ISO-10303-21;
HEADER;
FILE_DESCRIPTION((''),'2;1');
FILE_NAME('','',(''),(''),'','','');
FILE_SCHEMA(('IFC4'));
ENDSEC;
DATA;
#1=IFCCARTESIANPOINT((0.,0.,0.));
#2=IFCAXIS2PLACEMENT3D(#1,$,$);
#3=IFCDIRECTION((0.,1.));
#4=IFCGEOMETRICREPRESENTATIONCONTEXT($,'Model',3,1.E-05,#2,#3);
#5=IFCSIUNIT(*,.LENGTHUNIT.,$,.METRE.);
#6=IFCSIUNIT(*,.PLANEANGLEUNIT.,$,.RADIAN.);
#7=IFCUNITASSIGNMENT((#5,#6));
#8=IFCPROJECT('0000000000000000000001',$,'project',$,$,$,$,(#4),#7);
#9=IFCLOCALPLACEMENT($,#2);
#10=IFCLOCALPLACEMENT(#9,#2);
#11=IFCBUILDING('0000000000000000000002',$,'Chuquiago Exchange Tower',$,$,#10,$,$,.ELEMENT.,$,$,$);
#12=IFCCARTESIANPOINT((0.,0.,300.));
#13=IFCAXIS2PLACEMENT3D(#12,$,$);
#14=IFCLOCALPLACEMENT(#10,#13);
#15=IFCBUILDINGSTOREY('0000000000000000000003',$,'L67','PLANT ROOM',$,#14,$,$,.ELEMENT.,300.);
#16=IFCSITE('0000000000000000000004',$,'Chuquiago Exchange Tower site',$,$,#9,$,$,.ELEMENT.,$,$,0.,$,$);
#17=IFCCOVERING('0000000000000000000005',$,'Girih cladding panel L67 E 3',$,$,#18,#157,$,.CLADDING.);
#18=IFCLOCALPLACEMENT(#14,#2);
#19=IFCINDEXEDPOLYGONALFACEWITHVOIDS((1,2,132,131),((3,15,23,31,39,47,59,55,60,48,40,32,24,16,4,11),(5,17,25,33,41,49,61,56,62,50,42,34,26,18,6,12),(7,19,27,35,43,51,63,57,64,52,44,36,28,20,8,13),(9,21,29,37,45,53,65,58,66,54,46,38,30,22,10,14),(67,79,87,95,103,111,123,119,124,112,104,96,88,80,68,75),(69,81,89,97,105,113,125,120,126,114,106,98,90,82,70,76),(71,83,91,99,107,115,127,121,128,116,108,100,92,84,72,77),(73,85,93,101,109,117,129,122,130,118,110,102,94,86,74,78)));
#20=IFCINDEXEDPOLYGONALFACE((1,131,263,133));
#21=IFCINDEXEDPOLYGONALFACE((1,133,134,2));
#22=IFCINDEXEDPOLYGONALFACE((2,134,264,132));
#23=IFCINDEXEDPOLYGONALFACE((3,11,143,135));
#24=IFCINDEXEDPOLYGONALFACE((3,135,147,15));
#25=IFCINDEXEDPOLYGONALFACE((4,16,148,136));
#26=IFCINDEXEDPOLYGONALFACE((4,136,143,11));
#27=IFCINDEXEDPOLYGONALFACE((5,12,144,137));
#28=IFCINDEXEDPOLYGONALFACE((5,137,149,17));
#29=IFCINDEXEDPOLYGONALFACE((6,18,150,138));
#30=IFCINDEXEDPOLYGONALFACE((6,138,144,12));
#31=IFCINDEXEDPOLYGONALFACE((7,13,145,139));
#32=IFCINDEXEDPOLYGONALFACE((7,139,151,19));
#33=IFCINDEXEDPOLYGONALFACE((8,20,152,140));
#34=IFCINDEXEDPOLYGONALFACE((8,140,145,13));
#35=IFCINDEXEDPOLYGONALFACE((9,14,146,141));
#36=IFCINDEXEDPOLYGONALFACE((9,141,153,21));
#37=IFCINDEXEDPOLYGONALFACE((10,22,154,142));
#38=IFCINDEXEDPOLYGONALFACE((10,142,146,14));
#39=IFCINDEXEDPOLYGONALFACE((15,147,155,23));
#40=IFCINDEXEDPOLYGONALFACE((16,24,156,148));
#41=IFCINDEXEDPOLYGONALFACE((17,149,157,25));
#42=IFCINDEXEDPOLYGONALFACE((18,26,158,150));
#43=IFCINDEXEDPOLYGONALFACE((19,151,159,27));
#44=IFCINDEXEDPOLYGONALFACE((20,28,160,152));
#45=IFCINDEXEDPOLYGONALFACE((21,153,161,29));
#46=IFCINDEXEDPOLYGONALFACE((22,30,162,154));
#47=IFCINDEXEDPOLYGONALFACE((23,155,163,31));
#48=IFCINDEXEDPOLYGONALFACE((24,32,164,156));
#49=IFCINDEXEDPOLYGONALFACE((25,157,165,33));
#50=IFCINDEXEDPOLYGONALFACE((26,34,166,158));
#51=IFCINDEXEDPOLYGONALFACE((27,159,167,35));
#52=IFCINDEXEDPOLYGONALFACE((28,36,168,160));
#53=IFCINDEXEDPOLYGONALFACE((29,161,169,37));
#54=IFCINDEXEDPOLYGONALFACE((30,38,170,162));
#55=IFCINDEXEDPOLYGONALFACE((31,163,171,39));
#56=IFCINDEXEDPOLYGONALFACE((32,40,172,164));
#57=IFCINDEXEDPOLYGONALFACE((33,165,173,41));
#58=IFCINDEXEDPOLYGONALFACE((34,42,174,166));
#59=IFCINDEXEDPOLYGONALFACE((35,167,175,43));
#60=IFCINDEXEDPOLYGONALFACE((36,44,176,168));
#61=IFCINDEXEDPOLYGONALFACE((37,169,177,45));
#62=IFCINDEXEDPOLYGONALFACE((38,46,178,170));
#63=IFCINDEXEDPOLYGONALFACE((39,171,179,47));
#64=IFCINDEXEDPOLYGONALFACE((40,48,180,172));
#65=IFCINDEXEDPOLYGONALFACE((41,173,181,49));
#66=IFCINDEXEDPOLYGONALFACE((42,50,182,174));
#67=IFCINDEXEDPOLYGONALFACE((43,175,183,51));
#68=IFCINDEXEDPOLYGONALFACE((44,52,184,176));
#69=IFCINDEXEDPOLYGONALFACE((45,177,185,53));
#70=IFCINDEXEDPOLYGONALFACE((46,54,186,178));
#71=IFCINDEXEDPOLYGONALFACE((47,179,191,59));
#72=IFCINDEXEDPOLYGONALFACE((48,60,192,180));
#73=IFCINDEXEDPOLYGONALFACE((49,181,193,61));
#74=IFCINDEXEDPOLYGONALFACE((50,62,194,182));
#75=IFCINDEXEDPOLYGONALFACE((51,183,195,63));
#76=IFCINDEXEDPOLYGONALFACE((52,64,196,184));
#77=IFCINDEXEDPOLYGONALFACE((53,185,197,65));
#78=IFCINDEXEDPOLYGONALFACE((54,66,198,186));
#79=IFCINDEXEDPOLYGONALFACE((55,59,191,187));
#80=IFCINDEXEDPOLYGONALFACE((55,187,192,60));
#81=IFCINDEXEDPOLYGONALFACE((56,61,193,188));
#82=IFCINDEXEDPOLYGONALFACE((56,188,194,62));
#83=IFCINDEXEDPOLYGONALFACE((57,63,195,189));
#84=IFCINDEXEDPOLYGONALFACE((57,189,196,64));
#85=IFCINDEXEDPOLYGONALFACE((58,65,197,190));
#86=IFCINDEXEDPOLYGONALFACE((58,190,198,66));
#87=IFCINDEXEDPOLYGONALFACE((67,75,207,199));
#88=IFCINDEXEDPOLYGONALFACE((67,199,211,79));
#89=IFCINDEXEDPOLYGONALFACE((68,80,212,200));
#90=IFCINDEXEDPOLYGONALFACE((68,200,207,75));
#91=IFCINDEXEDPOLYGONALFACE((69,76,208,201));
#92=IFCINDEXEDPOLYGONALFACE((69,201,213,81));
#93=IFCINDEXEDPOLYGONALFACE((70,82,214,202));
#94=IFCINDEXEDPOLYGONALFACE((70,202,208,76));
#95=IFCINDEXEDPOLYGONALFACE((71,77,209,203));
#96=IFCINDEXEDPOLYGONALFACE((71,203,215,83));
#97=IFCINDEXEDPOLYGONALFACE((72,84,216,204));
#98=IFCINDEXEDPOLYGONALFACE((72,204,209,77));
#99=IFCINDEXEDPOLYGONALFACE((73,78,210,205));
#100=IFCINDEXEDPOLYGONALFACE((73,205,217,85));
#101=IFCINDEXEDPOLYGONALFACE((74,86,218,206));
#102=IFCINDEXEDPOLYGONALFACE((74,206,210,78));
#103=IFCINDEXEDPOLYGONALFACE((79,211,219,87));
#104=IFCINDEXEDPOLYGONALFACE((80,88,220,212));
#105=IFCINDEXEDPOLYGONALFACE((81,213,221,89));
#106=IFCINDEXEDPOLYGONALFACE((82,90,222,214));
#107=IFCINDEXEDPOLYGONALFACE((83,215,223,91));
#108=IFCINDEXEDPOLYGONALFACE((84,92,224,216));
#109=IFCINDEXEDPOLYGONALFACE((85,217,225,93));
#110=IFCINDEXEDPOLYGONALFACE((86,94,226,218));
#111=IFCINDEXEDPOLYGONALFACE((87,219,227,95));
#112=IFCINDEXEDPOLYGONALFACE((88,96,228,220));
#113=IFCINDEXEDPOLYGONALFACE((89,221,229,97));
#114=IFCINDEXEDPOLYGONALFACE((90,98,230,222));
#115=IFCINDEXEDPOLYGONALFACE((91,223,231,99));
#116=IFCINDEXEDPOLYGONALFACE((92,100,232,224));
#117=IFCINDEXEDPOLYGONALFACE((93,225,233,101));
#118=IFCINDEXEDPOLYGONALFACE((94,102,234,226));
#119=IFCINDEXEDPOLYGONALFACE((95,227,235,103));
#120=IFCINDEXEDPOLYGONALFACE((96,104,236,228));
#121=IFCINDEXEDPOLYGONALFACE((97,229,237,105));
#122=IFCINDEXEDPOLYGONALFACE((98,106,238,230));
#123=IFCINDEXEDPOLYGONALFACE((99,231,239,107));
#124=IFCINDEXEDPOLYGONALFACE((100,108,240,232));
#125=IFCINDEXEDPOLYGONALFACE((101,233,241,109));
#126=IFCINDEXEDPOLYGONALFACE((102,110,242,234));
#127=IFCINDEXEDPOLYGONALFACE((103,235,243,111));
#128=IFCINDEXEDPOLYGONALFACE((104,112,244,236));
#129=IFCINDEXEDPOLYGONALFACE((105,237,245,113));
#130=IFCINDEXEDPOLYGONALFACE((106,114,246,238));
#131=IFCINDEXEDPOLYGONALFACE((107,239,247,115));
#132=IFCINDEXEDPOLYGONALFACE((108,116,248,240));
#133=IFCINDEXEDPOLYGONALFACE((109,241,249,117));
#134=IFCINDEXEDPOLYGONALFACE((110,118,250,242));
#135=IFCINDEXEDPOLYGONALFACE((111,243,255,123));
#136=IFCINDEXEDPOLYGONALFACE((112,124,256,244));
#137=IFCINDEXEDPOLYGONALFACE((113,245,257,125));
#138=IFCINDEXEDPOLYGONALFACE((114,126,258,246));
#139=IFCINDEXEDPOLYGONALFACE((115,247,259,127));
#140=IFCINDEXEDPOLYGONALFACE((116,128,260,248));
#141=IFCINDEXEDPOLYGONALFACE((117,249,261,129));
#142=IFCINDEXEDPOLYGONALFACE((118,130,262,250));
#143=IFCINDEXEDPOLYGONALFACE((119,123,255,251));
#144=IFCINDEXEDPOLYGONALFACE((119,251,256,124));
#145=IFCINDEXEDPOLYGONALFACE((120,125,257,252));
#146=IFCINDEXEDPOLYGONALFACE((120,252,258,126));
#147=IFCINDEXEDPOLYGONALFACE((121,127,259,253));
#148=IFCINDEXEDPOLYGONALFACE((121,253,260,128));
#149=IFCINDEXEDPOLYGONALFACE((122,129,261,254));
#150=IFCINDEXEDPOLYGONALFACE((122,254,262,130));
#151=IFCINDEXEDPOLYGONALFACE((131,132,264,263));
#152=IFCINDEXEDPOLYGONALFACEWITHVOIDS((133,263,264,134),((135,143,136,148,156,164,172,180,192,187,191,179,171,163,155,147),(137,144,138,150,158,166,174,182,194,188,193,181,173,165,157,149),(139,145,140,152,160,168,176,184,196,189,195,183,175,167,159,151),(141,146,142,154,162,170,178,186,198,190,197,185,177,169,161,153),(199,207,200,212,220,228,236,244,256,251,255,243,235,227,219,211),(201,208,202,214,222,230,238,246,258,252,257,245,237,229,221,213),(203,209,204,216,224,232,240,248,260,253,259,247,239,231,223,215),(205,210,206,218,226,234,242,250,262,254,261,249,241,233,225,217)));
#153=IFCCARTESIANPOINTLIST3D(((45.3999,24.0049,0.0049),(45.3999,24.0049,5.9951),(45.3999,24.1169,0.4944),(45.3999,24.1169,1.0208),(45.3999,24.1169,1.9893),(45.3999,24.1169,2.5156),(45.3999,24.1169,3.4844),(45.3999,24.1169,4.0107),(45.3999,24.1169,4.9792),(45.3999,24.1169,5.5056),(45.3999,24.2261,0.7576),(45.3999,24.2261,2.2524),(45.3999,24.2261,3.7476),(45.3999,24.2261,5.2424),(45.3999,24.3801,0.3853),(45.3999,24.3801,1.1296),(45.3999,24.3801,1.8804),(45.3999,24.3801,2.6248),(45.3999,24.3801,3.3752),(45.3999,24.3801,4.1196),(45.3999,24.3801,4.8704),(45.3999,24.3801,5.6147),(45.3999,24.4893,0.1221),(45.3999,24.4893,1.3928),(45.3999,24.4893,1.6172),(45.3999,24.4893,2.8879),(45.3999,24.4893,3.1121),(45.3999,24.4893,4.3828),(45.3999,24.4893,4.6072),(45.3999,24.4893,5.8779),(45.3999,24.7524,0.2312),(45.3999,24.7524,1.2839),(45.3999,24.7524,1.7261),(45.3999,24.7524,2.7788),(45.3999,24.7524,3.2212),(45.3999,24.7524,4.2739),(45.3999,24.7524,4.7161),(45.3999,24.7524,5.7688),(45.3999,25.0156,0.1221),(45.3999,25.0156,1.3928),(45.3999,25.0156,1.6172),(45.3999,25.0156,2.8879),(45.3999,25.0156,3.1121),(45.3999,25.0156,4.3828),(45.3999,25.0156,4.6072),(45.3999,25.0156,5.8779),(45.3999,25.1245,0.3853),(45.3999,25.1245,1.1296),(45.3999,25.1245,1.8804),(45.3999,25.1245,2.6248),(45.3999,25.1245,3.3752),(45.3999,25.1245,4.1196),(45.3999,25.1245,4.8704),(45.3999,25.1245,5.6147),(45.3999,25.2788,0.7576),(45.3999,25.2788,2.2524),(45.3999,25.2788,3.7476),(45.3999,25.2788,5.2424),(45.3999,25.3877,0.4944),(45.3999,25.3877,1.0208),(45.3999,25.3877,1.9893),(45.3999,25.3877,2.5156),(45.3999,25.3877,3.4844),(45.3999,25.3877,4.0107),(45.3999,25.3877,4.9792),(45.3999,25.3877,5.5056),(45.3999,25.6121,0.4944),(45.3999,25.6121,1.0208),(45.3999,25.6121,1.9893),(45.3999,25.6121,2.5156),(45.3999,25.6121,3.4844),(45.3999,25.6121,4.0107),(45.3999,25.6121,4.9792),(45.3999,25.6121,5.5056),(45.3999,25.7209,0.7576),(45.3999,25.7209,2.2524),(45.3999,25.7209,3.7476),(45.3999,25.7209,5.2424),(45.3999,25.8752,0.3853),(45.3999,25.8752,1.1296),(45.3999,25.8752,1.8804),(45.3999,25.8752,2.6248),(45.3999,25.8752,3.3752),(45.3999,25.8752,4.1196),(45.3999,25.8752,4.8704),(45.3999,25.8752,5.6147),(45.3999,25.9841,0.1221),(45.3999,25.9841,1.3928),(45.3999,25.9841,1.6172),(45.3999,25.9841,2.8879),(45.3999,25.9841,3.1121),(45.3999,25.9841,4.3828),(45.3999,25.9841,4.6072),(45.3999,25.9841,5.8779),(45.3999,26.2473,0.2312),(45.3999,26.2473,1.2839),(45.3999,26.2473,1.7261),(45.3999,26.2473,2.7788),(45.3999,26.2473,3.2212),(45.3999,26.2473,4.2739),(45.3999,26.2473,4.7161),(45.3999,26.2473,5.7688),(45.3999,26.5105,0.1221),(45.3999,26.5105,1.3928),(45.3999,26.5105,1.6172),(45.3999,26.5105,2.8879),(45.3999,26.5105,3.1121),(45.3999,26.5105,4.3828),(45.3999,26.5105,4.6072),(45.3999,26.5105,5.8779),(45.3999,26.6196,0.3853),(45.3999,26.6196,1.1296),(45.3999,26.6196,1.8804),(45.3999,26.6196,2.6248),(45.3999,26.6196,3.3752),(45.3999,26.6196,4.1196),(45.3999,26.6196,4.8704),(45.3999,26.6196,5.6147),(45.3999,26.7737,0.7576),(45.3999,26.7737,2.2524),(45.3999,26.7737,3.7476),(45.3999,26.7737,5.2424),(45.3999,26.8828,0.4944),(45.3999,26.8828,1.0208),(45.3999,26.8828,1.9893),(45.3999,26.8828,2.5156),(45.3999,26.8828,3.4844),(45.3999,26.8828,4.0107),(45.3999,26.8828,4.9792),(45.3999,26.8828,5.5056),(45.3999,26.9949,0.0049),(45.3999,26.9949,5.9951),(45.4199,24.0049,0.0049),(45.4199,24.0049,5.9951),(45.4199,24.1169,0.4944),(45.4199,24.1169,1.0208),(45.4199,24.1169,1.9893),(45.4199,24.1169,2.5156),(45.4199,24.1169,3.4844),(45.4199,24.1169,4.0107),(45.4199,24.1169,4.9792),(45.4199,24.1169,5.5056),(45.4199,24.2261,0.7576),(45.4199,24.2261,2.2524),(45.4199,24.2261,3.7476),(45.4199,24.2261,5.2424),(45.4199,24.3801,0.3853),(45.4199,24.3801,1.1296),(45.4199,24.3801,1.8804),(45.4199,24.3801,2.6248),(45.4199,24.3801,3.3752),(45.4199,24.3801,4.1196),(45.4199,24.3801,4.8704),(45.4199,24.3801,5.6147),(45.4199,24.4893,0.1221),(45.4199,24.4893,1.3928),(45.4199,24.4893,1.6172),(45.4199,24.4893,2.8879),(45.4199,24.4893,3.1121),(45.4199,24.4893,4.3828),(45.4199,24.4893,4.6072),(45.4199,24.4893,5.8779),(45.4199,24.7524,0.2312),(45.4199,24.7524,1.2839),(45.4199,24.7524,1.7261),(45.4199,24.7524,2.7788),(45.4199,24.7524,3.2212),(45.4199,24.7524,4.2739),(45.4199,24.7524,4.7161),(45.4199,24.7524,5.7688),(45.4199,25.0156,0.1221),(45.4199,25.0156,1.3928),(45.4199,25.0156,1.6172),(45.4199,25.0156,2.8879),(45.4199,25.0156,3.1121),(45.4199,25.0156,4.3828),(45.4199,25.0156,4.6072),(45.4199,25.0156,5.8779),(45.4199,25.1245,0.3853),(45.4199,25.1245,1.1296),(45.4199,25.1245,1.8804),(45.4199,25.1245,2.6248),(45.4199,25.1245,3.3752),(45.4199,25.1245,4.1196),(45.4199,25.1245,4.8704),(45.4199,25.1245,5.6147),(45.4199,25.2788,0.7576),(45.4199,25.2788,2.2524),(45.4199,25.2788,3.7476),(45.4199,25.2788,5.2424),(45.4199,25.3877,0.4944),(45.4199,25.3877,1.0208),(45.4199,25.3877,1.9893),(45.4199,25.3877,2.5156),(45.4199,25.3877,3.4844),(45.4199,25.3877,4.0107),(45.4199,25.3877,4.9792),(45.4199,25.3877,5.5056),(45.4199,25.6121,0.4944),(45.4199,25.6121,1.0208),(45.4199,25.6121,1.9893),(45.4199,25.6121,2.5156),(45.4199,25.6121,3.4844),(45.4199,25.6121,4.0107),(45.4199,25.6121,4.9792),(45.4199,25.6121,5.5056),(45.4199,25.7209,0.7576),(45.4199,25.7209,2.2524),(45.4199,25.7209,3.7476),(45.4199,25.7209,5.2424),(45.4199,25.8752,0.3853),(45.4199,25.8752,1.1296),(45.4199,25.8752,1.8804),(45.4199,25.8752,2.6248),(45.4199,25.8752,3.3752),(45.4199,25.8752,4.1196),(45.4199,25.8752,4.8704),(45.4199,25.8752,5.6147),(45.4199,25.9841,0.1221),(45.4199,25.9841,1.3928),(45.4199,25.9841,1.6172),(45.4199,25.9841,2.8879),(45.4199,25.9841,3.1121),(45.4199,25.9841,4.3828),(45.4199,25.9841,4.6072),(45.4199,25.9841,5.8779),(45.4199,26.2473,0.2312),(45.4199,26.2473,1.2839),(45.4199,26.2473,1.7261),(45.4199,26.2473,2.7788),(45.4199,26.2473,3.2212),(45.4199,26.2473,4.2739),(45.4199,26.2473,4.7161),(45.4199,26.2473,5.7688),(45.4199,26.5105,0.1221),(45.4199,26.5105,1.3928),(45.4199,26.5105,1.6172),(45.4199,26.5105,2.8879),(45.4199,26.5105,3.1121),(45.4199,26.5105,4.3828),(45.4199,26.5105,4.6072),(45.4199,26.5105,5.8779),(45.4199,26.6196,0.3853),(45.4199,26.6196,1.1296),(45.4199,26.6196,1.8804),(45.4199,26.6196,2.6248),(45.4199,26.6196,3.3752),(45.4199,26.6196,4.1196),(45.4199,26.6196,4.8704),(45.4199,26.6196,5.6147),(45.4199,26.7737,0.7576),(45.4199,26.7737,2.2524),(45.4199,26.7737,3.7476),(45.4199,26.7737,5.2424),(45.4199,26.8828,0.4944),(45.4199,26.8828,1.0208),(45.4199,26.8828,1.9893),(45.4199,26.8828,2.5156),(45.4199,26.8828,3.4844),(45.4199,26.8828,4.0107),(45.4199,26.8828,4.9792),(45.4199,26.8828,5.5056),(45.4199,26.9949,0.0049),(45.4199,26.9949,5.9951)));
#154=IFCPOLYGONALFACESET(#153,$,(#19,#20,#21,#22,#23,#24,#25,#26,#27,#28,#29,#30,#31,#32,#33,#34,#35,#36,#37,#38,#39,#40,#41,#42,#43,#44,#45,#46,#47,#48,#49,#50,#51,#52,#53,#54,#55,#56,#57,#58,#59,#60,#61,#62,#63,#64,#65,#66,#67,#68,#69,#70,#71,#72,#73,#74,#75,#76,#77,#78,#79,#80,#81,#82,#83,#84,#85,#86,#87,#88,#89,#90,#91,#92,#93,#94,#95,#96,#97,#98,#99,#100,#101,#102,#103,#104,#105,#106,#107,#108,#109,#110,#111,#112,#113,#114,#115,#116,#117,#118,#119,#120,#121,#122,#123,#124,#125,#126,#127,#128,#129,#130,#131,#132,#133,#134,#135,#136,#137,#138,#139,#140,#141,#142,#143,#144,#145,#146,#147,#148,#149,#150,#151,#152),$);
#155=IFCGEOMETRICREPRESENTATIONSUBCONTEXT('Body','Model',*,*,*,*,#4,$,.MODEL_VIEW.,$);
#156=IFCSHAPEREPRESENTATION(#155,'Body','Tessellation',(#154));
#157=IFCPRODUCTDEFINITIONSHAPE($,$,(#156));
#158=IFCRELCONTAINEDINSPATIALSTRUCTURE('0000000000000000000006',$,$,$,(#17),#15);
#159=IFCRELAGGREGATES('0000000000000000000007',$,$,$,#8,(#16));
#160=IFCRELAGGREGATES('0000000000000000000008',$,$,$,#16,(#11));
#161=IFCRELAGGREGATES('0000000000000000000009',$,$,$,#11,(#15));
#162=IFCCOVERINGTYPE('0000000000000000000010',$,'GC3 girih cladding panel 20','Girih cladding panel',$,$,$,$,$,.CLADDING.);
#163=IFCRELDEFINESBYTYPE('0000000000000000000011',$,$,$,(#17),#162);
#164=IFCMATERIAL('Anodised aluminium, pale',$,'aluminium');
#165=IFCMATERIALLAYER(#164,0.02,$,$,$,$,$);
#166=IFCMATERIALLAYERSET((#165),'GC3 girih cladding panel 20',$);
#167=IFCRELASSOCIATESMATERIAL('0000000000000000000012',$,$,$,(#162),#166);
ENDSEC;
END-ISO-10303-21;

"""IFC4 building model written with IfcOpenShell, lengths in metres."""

from ifc_helpers import new_model, si_unit, direction, frame, origin, place, context, subcontext, project, spatial, polyline, outline, extrude, material, layer, layer_set, type_object, element, save


model = new_model("IFC4")

# Units and contexts
model_context = context("Model", 3, precision=1e-05, world=origin(), true_north=direction((0.0, 1.0)))
body_context = subcontext(model_context, "Body", "Model", "MODEL_VIEW")
ifc_project = project(units=[si_unit("LENGTHUNIT", "METRE"), si_unit("PLANEANGLEUNIT", "RADIAN")], contexts=[model_context])

# Site, building, storey
site_placement = place(None, origin())
site = spatial("IfcSite", under=ifc_project, at=site_placement, Name="Chuquiago Exchange Tower site", CompositionType="ELEMENT", RefElevation=0.0)
building_placement = place(site_placement, origin())
building = spatial("IfcBuilding", under=site, at=building_placement, Name="Chuquiago Exchange Tower", CompositionType="ELEMENT")
storey_placement = place(building_placement, frame((0.0, 0.0, 300.0)))
storey = spatial("IfcBuildingStorey", under=building, at=storey_placement, Name="L67", Description="PLANT ROOM", CompositionType="ELEMENT", Elevation=300.0)

# Covering
ifc_material_1 = material(Name="Anodised aluminium, pale", Category="aluminium")
ifc_layer_1 = layer(ifc_material_1, 0.02)
ifc_layer_set_1 = layer_set([ifc_layer_1], Name="GC3 girih cladding panel 20")
covering_type_1 = type_object("IfcCoveringType", Name="GC3 girih cladding panel 20", Description="Girih cladding panel", PredefinedType="CLADDING", material=ifc_layer_set_1)
covering_1_placement = place(storey_placement, frame((45.3999, 24.0049, 0.0049), z_axis=(0.0, 0.0, 1.0), x_axis=(0.0, 1.0, 0.0)))
element("IfcCovering", 1, at=covering_1_placement, inside=storey, type_object=covering_type_1, Name="Girih cladding panel L67 E 3", PredefinedType="CLADDING", context=body_context, shape_type="SweptSolid", body=[
    extrude(outline(polyline([(0.0, 0.0), (2.99, 0.0), (2.99, 5.9902), (0.0, 5.9902), (0.0, 0.0)]), holes=[polyline([(1.2739, 0.7527), (1.3828, 1.0159), (1.1196, 1.1248), (1.0107, 1.3879), (0.7476, 1.2791), (0.4844, 1.3879), (0.3752, 1.1248), (0.1121, 1.0159), (0.2212, 0.7527), (0.1121, 0.4895), (0.3752, 0.3804), (0.4844, 0.1172), (0.7476, 0.2263), (1.0107, 0.1172), (1.1196, 0.3804), (1.3828, 0.4895), (1.2739, 0.7527)]), polyline([(2.7688, 0.7527), (2.8779, 1.0159), (2.6147, 1.1248), (2.5056, 1.3879), (2.2424, 1.2791), (1.9792, 1.3879), (1.8704, 1.1248), (1.6072, 1.0159), (1.7161, 0.7527), (1.6072, 0.4895), (1.8704, 0.3804), (1.9792, 0.1172), (2.2424, 0.2263), (2.5056, 0.1172), (2.6147, 0.3804), (2.8779, 0.4895), (2.7688, 0.7527)]), polyline([(1.2739, 2.2476), (1.3828, 2.5107), (1.1196, 2.6199), (1.0107, 2.8831), (0.7476, 2.7739), (0.4844, 2.8831), (0.3752, 2.6199), (0.1121, 2.5107), (0.2212, 2.2476), (0.1121, 1.9844), (0.3752, 1.8755), (0.4844, 1.6123), (0.7476, 1.7212), (1.0107, 1.6123), (1.1196, 1.8755), (1.3828, 1.9844), (1.2739, 2.2476)]), polyline([(2.7688, 2.2476), (2.8779, 2.5107), (2.6147, 2.6199), (2.5056, 2.8831), (2.2424, 2.7739), (1.9792, 2.8831), (1.8704, 2.6199), (1.6072, 2.5107), (1.7161, 2.2476), (1.6072, 1.9844), (1.8704, 1.8755), (1.9792, 1.6123), (2.2424, 1.7212), (2.5056, 1.6123), (2.6147, 1.8755), (2.8779, 1.9844), (2.7688, 2.2476)]), polyline([(1.2739, 3.7427), (1.3828, 4.0059), (1.1196, 4.1147), (1.0107, 4.3779), (0.7476, 4.269), (0.4844, 4.3779), (0.3752, 4.1147), (0.1121, 4.0059), (0.2212, 3.7427), (0.1121, 3.4795), (0.3752, 3.3704), (0.4844, 3.1072), (0.7476, 3.2163), (1.0107, 3.1072), (1.1196, 3.3704), (1.3828, 3.4795), (1.2739, 3.7427)]), polyline([(2.7688, 3.7427), (2.8779, 4.0059), (2.6147, 4.1147), (2.5056, 4.3779), (2.2424, 4.269), (1.9792, 4.3779), (1.8704, 4.1147), (1.6072, 4.0059), (1.7161, 3.7427), (1.6072, 3.4795), (1.8704, 3.3704), (1.9792, 3.1072), (2.2424, 3.2163), (2.5056, 3.1072), (2.6147, 3.3704), (2.8779, 3.4795), (2.7688, 3.7427)]), polyline([(1.2739, 5.2375), (1.3828, 5.5007), (1.1196, 5.6099), (1.0107, 5.873), (0.7476, 5.7639), (0.4844, 5.873), (0.3752, 5.6099), (0.1121, 5.5007), (0.2212, 5.2375), (0.1121, 4.9744), (0.3752, 4.8655), (0.4844, 4.6023), (0.7476, 4.7112), (1.0107, 4.6023), (1.1196, 4.8655), (1.3828, 4.9744), (1.2739, 5.2375)]), polyline([(2.7688, 5.2375), (2.8779, 5.5007), (2.6147, 5.6099), (2.5056, 5.873), (2.2424, 5.7639), (1.9792, 5.873), (1.8704, 5.6099), (1.6072, 5.5007), (1.7161, 5.2375), (1.6072, 4.9744), (1.8704, 4.8655), (1.9792, 4.6023), (2.2424, 4.7112), (2.5056, 4.6023), (2.6147, 4.8655), (2.8779, 4.9744), (2.7688, 5.2375)])]), frame((0.0, 0.0, 0.0), z_axis=(0.0, -1.0, 0.0), x_axis=(1.0, 0.0, 0.0)), (0.0, 0.0, 1.0), 0.02),
])

save(model, "model.ifc")
